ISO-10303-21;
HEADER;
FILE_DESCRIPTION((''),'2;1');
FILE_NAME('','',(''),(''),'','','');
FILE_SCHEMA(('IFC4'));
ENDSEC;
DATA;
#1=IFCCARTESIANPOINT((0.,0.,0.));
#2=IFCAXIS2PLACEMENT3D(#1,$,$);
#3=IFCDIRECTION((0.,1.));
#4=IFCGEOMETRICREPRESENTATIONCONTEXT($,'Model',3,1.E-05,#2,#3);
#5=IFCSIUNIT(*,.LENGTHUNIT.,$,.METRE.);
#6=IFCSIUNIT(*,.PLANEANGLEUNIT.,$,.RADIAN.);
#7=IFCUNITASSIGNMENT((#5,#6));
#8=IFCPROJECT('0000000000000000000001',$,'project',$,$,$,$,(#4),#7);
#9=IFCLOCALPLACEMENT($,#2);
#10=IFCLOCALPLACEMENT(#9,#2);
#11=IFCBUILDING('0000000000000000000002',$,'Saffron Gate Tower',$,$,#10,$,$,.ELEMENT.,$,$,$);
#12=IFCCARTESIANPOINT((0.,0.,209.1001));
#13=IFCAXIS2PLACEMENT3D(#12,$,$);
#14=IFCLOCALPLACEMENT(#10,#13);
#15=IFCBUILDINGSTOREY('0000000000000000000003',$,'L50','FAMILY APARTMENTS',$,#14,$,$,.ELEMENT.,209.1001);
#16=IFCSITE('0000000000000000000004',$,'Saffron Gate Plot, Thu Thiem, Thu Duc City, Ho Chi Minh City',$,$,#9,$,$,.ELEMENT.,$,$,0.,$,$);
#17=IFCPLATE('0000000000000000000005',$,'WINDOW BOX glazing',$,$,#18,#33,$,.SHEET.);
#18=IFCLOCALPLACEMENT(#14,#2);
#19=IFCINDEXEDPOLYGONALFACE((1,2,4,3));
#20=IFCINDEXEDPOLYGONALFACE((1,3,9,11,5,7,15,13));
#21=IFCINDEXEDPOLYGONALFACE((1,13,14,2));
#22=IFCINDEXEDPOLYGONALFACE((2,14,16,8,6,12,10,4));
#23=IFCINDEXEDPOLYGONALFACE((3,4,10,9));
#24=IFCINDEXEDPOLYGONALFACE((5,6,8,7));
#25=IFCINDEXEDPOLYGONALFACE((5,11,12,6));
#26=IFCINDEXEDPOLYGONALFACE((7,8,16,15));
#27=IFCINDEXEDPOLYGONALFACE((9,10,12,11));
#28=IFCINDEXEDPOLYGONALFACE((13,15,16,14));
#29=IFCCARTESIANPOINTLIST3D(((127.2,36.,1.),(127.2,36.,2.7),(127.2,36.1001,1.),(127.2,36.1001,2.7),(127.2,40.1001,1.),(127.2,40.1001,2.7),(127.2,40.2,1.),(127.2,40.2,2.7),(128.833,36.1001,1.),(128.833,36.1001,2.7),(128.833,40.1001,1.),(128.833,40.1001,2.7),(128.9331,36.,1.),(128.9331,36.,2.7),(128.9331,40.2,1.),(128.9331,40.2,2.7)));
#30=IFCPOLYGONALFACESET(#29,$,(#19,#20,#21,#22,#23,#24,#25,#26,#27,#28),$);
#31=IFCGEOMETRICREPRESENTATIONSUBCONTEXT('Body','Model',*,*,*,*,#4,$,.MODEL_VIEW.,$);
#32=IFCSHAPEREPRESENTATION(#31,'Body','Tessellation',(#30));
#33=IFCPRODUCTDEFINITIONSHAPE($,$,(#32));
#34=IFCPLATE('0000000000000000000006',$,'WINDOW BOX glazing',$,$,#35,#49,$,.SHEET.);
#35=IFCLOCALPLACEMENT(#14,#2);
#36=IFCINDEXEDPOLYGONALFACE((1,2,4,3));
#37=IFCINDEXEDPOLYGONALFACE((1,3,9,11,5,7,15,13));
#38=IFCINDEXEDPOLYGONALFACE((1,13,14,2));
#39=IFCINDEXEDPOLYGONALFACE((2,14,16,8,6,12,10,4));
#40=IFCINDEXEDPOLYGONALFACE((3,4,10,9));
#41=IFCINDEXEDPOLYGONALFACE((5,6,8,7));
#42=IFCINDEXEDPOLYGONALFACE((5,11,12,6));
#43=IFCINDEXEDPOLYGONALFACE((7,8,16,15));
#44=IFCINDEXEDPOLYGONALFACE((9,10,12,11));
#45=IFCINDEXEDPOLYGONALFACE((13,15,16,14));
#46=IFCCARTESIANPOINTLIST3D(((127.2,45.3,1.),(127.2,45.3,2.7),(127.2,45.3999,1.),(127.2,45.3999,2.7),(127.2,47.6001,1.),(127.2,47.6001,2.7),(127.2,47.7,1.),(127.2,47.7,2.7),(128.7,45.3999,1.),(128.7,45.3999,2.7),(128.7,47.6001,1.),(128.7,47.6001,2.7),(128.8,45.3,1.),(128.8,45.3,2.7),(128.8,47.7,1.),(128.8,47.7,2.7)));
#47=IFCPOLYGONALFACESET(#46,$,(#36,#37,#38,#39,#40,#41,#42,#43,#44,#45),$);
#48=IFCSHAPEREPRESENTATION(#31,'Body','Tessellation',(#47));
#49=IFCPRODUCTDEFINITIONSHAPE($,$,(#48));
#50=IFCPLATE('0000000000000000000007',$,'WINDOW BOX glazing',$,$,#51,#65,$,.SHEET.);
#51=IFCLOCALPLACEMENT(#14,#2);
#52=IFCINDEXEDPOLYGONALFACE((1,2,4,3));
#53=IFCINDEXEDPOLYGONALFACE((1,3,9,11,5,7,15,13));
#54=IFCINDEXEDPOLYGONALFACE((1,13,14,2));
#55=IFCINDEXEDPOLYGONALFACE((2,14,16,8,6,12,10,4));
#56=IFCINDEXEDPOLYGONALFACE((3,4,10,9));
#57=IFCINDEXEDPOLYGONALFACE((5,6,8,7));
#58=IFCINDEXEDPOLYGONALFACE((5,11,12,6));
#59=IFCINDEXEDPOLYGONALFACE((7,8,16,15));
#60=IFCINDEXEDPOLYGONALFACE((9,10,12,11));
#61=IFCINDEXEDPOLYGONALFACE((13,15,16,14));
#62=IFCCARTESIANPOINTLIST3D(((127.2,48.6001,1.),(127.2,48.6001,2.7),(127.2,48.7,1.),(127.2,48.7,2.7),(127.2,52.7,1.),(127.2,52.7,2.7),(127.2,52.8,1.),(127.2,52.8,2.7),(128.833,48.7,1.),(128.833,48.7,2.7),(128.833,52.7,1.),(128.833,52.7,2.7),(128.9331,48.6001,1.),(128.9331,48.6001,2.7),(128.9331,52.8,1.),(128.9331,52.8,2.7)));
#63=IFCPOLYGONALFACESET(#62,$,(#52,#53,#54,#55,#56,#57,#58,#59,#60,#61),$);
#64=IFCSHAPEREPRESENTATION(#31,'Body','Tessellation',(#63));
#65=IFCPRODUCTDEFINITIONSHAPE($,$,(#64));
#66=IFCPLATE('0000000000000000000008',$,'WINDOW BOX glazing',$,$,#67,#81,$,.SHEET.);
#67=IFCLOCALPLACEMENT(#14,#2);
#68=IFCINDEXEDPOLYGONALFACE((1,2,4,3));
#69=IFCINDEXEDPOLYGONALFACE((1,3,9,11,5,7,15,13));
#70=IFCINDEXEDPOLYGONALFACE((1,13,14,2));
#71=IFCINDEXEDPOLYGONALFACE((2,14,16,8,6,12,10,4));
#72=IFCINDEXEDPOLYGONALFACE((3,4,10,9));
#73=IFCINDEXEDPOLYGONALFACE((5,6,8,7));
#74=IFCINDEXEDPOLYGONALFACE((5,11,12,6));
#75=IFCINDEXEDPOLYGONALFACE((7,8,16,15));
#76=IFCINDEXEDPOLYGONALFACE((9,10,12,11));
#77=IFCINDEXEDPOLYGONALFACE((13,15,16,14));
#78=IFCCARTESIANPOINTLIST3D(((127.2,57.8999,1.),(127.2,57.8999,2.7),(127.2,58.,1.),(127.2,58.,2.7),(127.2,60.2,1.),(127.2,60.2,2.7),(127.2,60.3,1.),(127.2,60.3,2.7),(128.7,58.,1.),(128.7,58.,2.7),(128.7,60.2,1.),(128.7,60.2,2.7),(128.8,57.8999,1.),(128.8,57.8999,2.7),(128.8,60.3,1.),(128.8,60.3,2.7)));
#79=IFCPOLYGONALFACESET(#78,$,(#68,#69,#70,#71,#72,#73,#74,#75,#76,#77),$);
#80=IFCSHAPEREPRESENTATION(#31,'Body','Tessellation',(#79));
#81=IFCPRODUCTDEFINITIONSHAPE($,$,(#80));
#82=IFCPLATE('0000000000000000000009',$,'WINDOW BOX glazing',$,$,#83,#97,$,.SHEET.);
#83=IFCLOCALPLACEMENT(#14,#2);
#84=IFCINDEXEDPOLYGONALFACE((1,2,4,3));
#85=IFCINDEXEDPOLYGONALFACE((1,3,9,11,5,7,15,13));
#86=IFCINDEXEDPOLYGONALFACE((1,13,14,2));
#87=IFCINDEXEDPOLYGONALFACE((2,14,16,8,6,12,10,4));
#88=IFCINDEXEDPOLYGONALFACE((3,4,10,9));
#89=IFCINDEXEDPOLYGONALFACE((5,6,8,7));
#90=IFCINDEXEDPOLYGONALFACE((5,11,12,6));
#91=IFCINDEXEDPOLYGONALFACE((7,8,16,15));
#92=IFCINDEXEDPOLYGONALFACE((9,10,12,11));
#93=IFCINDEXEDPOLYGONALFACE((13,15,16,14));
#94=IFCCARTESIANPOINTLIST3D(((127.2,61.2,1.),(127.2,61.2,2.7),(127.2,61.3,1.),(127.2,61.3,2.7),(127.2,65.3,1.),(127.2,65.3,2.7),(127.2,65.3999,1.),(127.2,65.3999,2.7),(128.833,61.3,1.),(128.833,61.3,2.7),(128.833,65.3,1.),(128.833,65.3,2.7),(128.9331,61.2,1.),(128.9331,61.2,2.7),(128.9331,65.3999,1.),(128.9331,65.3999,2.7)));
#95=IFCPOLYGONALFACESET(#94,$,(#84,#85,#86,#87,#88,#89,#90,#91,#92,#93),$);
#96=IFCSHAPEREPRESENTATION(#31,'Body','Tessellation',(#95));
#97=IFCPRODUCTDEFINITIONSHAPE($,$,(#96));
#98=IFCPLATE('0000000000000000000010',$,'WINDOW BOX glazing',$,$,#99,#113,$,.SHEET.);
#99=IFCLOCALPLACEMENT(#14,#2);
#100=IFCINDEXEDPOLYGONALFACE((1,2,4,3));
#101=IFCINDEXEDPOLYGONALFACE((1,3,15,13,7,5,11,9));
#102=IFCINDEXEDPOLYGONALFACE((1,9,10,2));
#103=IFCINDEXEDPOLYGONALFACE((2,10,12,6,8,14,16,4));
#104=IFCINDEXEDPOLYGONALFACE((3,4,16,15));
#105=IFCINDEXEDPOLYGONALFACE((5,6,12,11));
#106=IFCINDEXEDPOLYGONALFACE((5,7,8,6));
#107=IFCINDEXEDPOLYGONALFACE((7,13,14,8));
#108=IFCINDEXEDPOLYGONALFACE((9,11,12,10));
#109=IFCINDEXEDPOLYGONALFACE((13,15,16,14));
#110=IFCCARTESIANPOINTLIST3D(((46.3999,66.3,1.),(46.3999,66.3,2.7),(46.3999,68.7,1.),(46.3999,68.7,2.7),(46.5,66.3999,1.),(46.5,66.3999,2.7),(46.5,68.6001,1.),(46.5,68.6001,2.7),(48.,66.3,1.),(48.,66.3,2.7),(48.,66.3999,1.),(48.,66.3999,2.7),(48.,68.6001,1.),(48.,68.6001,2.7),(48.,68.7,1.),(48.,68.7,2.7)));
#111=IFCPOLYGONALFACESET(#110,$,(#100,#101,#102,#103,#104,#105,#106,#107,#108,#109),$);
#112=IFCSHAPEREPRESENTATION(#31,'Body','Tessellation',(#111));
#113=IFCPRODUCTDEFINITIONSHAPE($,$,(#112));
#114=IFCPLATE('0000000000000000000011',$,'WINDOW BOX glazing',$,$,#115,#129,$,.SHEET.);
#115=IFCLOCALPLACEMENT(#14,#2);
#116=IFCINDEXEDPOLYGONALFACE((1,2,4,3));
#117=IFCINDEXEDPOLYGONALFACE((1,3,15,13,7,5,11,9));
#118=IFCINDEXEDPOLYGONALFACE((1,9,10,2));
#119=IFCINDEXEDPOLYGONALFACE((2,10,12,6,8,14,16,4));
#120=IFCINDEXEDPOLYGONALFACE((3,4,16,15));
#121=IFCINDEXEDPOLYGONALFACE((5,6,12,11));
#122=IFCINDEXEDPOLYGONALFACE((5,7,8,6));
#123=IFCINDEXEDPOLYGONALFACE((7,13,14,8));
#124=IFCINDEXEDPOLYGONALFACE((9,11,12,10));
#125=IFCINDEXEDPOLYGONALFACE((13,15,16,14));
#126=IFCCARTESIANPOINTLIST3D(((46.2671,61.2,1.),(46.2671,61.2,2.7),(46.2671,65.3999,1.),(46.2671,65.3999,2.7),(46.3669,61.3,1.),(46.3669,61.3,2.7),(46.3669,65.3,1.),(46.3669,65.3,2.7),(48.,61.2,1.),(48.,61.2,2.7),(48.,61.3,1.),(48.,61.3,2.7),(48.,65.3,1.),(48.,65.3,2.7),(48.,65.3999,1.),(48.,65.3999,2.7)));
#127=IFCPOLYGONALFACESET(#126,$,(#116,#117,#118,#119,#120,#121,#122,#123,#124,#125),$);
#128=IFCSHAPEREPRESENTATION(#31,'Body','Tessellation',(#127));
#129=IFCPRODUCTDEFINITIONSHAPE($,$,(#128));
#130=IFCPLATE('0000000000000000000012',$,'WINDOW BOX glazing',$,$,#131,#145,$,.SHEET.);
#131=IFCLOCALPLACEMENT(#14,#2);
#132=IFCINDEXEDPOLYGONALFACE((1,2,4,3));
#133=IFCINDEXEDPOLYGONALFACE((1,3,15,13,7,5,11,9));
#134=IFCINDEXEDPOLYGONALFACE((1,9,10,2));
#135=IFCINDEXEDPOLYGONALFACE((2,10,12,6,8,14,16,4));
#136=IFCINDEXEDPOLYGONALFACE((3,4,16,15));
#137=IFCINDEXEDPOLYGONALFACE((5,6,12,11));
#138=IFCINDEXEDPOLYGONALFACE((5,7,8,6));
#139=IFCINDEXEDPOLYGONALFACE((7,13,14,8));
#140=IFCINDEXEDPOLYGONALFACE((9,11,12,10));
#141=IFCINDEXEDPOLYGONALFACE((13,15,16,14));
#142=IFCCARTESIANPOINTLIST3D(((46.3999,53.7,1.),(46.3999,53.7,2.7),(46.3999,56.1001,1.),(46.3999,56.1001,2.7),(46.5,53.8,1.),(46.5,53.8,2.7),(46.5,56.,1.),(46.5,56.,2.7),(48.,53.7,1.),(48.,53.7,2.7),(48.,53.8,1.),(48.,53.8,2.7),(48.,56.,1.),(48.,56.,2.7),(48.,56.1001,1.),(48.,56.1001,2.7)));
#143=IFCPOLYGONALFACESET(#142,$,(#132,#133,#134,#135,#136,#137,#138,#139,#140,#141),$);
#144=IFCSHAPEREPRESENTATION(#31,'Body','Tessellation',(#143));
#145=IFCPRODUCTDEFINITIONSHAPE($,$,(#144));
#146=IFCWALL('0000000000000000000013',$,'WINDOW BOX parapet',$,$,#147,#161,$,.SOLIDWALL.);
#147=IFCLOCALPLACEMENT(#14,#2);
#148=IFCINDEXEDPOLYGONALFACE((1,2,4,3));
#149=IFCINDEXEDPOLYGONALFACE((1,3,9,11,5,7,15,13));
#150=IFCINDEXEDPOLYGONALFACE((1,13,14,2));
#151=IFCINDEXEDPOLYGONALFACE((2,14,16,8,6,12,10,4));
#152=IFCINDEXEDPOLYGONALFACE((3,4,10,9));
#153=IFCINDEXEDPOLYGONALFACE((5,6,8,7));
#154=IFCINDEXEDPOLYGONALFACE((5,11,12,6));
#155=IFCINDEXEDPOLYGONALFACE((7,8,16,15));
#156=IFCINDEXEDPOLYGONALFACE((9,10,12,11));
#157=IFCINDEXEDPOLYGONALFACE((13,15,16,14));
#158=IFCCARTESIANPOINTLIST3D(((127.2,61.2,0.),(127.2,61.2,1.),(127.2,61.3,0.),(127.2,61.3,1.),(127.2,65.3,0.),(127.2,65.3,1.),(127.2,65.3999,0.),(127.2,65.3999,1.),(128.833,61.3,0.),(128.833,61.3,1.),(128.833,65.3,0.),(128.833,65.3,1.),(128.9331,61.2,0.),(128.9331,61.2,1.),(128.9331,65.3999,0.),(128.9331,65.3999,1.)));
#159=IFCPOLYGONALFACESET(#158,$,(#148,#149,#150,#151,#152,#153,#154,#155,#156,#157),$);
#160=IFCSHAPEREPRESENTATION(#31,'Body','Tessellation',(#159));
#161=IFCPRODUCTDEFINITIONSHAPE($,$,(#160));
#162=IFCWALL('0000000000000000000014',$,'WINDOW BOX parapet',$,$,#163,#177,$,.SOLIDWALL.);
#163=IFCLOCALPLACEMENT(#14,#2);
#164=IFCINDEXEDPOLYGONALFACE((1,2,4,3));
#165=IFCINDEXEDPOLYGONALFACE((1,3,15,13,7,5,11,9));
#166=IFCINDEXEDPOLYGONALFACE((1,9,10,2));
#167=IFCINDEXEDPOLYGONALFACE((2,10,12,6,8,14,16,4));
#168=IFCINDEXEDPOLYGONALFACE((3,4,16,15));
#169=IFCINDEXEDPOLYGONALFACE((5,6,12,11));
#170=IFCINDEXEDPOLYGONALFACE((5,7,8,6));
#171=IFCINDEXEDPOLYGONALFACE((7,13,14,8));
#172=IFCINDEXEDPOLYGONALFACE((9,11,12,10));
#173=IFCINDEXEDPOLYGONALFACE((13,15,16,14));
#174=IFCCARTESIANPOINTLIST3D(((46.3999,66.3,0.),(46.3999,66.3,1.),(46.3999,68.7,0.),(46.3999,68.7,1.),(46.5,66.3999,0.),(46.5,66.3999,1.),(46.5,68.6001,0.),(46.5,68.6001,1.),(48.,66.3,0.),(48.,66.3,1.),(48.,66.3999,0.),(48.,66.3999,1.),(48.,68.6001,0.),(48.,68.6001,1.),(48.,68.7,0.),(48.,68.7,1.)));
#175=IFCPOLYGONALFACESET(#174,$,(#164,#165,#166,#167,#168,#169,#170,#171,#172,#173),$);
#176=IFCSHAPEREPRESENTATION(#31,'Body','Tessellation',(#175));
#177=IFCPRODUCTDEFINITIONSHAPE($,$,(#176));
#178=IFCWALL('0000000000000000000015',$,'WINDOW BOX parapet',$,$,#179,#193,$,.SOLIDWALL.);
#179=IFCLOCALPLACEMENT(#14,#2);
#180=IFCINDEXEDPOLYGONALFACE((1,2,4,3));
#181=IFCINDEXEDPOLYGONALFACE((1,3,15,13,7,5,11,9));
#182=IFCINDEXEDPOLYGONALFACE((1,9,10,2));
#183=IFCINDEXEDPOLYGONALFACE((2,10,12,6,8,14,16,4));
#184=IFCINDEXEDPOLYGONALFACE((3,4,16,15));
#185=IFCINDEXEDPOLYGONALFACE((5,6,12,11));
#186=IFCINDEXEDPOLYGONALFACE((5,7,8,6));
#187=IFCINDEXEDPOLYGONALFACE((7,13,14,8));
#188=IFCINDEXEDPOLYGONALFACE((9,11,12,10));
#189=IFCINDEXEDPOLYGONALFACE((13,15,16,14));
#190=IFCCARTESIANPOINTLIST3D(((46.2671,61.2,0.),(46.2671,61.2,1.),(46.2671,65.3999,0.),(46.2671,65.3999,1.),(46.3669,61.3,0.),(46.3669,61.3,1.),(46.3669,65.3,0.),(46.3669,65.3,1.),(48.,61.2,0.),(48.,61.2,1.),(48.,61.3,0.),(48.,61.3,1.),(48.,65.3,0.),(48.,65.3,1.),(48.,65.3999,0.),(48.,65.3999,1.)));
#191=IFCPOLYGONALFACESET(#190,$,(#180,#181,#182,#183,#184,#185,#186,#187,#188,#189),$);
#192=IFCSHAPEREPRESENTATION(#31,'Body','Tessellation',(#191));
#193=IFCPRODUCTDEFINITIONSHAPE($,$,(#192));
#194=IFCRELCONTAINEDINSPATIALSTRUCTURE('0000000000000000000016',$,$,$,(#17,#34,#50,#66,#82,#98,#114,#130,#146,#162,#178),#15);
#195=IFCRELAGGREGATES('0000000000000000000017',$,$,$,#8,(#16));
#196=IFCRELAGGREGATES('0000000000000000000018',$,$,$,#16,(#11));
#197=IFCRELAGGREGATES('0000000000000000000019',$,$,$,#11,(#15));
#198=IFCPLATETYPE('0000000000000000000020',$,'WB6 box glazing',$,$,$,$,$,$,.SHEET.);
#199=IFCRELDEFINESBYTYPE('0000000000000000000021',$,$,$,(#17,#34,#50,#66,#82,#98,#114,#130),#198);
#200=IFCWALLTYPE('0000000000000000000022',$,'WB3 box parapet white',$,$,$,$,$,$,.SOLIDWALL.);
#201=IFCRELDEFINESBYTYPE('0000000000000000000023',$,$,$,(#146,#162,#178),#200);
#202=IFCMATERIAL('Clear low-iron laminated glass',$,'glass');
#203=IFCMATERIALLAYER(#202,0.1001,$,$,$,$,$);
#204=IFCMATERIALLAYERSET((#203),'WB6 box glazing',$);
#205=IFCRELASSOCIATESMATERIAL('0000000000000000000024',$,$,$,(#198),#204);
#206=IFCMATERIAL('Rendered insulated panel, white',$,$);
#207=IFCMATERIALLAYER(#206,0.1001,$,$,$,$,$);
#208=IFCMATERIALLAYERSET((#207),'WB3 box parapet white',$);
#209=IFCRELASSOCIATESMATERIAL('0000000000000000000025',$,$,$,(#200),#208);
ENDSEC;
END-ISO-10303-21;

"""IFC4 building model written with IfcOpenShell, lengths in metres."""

from ifc_helpers import new_model, si_unit, direction, frame, origin, place, context, subcontext, project, spatial, polyline, outline, extrude, material, layer, layer_set, type_object, element, save


model = new_model("IFC4")

# Units and contexts
model_context = context("Model", 3, precision=1e-05, world=origin(), true_north=direction((0.0, 1.0)))
body_context = subcontext(model_context, "Body", "Model", "MODEL_VIEW")
ifc_project = project(units=[si_unit("LENGTHUNIT", "METRE"), si_unit("PLANEANGLEUNIT", "RADIAN")], contexts=[model_context])

# Site, building, storey
site_placement = place(None, origin())
site = spatial("IfcSite", under=ifc_project, at=site_placement, Name="Saffron Gate Plot, Thu Thiem, Thu Duc City, Ho Chi Minh City", CompositionType="ELEMENT", RefElevation=0.0)
building_placement = place(site_placement, origin())
building = spatial("IfcBuilding", under=site, at=building_placement, Name="Saffron Gate Tower", CompositionType="ELEMENT")
storey_placement = place(building_placement, frame((0.0, 0.0, 209.1001)))
storey = spatial("IfcBuildingStorey", under=building, at=storey_placement, Name="L50", Description="FAMILY APARTMENTS", CompositionType="ELEMENT", Elevation=209.1001)

# Plates
ifc_material_1 = material(Name="Clear low-iron laminated glass", Category="glass")
ifc_layer_1 = layer(ifc_material_1, 0.1001)
ifc_layer_set_1 = layer_set([ifc_layer_1], Name="WB6 box glazing")
plate_type_1 = type_object("IfcPlateType", Name="WB6 box glazing", PredefinedType="SHEET", material=ifc_layer_set_1)
plate_1_placement = place(storey_placement, frame((0.0, 0.0, 1.0)))
element("IfcPlate", 1, at=plate_1_placement, inside=storey, type_object=plate_type_1, Name="WINDOW BOX glazing", PredefinedType="SHEET", context=body_context, shape_type="SweptSolid", body=[
    extrude(outline(polyline([(127.2, 36.0), (127.2, 36.1001), (128.833, 36.1001), (128.833, 40.1001), (127.2, 40.1001), (127.2, 40.2), (128.9331, 40.2), (128.9331, 36.0), (127.2, 36.0)])), origin(), (0.0, 0.0, 1.0), 1.7),
])
plate_2_placement = place(storey_placement, frame((0.0, 0.0, 1.0)))
element("IfcPlate", 2, at=plate_2_placement, inside=storey, type_object=plate_type_1, Name="WINDOW BOX glazing", PredefinedType="SHEET", context=body_context, shape_type="SweptSolid", body=[
    extrude(outline(polyline([(127.2, 45.3), (127.2, 45.3999), (128.7, 45.3999), (128.7, 47.6001), (127.2, 47.6001), (127.2, 47.7), (128.8, 47.7), (128.8, 45.3), (127.2, 45.3)])), origin(), (0.0, 0.0, 1.0), 1.7),
])
plate_3_placement = place(storey_placement, frame((0.0, 0.0, 1.0)))
element("IfcPlate", 3, at=plate_3_placement, inside=storey, type_object=plate_type_1, Name="WINDOW BOX glazing", PredefinedType="SHEET", context=body_context, shape_type="SweptSolid", body=[
    extrude(outline(polyline([(127.2, 48.6001), (127.2, 48.7), (128.833, 48.7), (128.833, 52.7), (127.2, 52.7), (127.2, 52.8), (128.9331, 52.8), (128.9331, 48.6001), (127.2, 48.6001)])), origin(), (0.0, 0.0, 1.0), 1.7),
])
plate_4_placement = place(storey_placement, frame((0.0, 0.0, 1.0)))
element("IfcPlate", 4, at=plate_4_placement, inside=storey, type_object=plate_type_1, Name="WINDOW BOX glazing", PredefinedType="SHEET", context=body_context, shape_type="SweptSolid", body=[
    extrude(outline(polyline([(127.2, 57.8999), (127.2, 58.0), (128.7, 58.0), (128.7, 60.2), (127.2, 60.2), (127.2, 60.3), (128.8, 60.3), (128.8, 57.8999), (127.2, 57.8999)])), origin(), (0.0, 0.0, 1.0), 1.7),
])
plate_5_placement = place(storey_placement, frame((0.0, 0.0, 1.0)))
element("IfcPlate", 5, at=plate_5_placement, inside=storey, type_object=plate_type_1, Name="WINDOW BOX glazing", PredefinedType="SHEET", context=body_context, shape_type="SweptSolid", body=[
    extrude(outline(polyline([(127.2, 61.2), (127.2, 61.3), (128.833, 61.3), (128.833, 65.3), (127.2, 65.3), (127.2, 65.3999), (128.9331, 65.3999), (128.9331, 61.2), (127.2, 61.2)])), origin(), (0.0, 0.0, 1.0), 1.7),
])
plate_6_placement = place(storey_placement, frame((0.0, 0.0, 1.0)))
element("IfcPlate", 6, at=plate_6_placement, inside=storey, type_object=plate_type_1, Name="WINDOW BOX glazing", PredefinedType="SHEET", context=body_context, shape_type="SweptSolid", body=[
    extrude(outline(polyline([(48.0, 68.7), (48.0, 68.6001), (46.5, 68.6001), (46.5, 66.3999), (48.0, 66.3999), (48.0, 66.3), (46.3999, 66.3), (46.3999, 68.7), (48.0, 68.7)])), origin(), (0.0, 0.0, 1.0), 1.7),
])
plate_7_placement = place(storey_placement, frame((0.0, 0.0, 1.0)))
element("IfcPlate", 7, at=plate_7_placement, inside=storey, type_object=plate_type_1, Name="WINDOW BOX glazing", PredefinedType="SHEET", context=body_context, shape_type="SweptSolid", body=[
    extrude(outline(polyline([(48.0, 65.3999), (48.0, 65.3), (46.3669, 65.3), (46.3669, 61.3), (48.0, 61.3), (48.0, 61.2), (46.2671, 61.2), (46.2671, 65.3999), (48.0, 65.3999)])), origin(), (0.0, 0.0, 1.0), 1.7),
])
plate_8_placement = place(storey_placement, frame((0.0, 0.0, 1.0)))
element("IfcPlate", 8, at=plate_8_placement, inside=storey, type_object=plate_type_1, Name="WINDOW BOX glazing", PredefinedType="SHEET", context=body_context, shape_type="SweptSolid", body=[
    extrude(outline(polyline([(48.0, 56.1001), (48.0, 56.0), (46.5, 56.0), (46.5, 53.8), (48.0, 53.8), (48.0, 53.7), (46.3999, 53.7), (46.3999, 56.1001), (48.0, 56.1001)])), origin(), (0.0, 0.0, 1.0), 1.7),
])

# Walls
ifc_material_2 = material(Name="Rendered insulated panel, white")
ifc_layer_2 = layer(ifc_material_2, 0.1001)
ifc_layer_set_2 = layer_set([ifc_layer_2], Name="WB3 box parapet white")
wall_type = type_object("IfcWallType", Name="WB3 box parapet white", PredefinedType="SOLIDWALL", material=ifc_layer_set_2)
wall_1_placement = place(storey_placement, origin())
element("IfcWall", 9, at=wall_1_placement, inside=storey, type_object=wall_type, Name="WINDOW BOX parapet", PredefinedType="SOLIDWALL", context=body_context, shape_type="SweptSolid", body=[
    extrude(outline(polyline([(127.2, 61.2), (127.2, 61.3), (128.833, 61.3), (128.833, 65.3), (127.2, 65.3), (127.2, 65.3999), (128.9331, 65.3999), (128.9331, 61.2), (127.2, 61.2)])), origin(), (0.0, 0.0, 1.0), 1.0),
])
wall_2_placement = place(storey_placement, origin())
element("IfcWall", 10, at=wall_2_placement, inside=storey, type_object=wall_type, Name="WINDOW BOX parapet", PredefinedType="SOLIDWALL", context=body_context, shape_type="SweptSolid", body=[
    extrude(outline(polyline([(48.0, 68.7), (48.0, 68.6001), (46.5, 68.6001), (46.5, 66.3999), (48.0, 66.3999), (48.0, 66.3), (46.3999, 66.3), (46.3999, 68.7), (48.0, 68.7)])), origin(), (0.0, 0.0, 1.0), 1.0),
])
wall_3_placement = place(storey_placement, origin())
element("IfcWall", 11, at=wall_3_placement, inside=storey, type_object=wall_type, Name="WINDOW BOX parapet", PredefinedType="SOLIDWALL", context=body_context, shape_type="SweptSolid", body=[
    extrude(outline(polyline([(48.0, 65.3999), (48.0, 65.3), (46.3669, 65.3), (46.3669, 61.3), (48.0, 61.3), (48.0, 61.2), (46.2671, 61.2), (46.2671, 65.3999), (48.0, 65.3999)])), origin(), (0.0, 0.0, 1.0), 1.0),
])

save(model, "model.ifc")
